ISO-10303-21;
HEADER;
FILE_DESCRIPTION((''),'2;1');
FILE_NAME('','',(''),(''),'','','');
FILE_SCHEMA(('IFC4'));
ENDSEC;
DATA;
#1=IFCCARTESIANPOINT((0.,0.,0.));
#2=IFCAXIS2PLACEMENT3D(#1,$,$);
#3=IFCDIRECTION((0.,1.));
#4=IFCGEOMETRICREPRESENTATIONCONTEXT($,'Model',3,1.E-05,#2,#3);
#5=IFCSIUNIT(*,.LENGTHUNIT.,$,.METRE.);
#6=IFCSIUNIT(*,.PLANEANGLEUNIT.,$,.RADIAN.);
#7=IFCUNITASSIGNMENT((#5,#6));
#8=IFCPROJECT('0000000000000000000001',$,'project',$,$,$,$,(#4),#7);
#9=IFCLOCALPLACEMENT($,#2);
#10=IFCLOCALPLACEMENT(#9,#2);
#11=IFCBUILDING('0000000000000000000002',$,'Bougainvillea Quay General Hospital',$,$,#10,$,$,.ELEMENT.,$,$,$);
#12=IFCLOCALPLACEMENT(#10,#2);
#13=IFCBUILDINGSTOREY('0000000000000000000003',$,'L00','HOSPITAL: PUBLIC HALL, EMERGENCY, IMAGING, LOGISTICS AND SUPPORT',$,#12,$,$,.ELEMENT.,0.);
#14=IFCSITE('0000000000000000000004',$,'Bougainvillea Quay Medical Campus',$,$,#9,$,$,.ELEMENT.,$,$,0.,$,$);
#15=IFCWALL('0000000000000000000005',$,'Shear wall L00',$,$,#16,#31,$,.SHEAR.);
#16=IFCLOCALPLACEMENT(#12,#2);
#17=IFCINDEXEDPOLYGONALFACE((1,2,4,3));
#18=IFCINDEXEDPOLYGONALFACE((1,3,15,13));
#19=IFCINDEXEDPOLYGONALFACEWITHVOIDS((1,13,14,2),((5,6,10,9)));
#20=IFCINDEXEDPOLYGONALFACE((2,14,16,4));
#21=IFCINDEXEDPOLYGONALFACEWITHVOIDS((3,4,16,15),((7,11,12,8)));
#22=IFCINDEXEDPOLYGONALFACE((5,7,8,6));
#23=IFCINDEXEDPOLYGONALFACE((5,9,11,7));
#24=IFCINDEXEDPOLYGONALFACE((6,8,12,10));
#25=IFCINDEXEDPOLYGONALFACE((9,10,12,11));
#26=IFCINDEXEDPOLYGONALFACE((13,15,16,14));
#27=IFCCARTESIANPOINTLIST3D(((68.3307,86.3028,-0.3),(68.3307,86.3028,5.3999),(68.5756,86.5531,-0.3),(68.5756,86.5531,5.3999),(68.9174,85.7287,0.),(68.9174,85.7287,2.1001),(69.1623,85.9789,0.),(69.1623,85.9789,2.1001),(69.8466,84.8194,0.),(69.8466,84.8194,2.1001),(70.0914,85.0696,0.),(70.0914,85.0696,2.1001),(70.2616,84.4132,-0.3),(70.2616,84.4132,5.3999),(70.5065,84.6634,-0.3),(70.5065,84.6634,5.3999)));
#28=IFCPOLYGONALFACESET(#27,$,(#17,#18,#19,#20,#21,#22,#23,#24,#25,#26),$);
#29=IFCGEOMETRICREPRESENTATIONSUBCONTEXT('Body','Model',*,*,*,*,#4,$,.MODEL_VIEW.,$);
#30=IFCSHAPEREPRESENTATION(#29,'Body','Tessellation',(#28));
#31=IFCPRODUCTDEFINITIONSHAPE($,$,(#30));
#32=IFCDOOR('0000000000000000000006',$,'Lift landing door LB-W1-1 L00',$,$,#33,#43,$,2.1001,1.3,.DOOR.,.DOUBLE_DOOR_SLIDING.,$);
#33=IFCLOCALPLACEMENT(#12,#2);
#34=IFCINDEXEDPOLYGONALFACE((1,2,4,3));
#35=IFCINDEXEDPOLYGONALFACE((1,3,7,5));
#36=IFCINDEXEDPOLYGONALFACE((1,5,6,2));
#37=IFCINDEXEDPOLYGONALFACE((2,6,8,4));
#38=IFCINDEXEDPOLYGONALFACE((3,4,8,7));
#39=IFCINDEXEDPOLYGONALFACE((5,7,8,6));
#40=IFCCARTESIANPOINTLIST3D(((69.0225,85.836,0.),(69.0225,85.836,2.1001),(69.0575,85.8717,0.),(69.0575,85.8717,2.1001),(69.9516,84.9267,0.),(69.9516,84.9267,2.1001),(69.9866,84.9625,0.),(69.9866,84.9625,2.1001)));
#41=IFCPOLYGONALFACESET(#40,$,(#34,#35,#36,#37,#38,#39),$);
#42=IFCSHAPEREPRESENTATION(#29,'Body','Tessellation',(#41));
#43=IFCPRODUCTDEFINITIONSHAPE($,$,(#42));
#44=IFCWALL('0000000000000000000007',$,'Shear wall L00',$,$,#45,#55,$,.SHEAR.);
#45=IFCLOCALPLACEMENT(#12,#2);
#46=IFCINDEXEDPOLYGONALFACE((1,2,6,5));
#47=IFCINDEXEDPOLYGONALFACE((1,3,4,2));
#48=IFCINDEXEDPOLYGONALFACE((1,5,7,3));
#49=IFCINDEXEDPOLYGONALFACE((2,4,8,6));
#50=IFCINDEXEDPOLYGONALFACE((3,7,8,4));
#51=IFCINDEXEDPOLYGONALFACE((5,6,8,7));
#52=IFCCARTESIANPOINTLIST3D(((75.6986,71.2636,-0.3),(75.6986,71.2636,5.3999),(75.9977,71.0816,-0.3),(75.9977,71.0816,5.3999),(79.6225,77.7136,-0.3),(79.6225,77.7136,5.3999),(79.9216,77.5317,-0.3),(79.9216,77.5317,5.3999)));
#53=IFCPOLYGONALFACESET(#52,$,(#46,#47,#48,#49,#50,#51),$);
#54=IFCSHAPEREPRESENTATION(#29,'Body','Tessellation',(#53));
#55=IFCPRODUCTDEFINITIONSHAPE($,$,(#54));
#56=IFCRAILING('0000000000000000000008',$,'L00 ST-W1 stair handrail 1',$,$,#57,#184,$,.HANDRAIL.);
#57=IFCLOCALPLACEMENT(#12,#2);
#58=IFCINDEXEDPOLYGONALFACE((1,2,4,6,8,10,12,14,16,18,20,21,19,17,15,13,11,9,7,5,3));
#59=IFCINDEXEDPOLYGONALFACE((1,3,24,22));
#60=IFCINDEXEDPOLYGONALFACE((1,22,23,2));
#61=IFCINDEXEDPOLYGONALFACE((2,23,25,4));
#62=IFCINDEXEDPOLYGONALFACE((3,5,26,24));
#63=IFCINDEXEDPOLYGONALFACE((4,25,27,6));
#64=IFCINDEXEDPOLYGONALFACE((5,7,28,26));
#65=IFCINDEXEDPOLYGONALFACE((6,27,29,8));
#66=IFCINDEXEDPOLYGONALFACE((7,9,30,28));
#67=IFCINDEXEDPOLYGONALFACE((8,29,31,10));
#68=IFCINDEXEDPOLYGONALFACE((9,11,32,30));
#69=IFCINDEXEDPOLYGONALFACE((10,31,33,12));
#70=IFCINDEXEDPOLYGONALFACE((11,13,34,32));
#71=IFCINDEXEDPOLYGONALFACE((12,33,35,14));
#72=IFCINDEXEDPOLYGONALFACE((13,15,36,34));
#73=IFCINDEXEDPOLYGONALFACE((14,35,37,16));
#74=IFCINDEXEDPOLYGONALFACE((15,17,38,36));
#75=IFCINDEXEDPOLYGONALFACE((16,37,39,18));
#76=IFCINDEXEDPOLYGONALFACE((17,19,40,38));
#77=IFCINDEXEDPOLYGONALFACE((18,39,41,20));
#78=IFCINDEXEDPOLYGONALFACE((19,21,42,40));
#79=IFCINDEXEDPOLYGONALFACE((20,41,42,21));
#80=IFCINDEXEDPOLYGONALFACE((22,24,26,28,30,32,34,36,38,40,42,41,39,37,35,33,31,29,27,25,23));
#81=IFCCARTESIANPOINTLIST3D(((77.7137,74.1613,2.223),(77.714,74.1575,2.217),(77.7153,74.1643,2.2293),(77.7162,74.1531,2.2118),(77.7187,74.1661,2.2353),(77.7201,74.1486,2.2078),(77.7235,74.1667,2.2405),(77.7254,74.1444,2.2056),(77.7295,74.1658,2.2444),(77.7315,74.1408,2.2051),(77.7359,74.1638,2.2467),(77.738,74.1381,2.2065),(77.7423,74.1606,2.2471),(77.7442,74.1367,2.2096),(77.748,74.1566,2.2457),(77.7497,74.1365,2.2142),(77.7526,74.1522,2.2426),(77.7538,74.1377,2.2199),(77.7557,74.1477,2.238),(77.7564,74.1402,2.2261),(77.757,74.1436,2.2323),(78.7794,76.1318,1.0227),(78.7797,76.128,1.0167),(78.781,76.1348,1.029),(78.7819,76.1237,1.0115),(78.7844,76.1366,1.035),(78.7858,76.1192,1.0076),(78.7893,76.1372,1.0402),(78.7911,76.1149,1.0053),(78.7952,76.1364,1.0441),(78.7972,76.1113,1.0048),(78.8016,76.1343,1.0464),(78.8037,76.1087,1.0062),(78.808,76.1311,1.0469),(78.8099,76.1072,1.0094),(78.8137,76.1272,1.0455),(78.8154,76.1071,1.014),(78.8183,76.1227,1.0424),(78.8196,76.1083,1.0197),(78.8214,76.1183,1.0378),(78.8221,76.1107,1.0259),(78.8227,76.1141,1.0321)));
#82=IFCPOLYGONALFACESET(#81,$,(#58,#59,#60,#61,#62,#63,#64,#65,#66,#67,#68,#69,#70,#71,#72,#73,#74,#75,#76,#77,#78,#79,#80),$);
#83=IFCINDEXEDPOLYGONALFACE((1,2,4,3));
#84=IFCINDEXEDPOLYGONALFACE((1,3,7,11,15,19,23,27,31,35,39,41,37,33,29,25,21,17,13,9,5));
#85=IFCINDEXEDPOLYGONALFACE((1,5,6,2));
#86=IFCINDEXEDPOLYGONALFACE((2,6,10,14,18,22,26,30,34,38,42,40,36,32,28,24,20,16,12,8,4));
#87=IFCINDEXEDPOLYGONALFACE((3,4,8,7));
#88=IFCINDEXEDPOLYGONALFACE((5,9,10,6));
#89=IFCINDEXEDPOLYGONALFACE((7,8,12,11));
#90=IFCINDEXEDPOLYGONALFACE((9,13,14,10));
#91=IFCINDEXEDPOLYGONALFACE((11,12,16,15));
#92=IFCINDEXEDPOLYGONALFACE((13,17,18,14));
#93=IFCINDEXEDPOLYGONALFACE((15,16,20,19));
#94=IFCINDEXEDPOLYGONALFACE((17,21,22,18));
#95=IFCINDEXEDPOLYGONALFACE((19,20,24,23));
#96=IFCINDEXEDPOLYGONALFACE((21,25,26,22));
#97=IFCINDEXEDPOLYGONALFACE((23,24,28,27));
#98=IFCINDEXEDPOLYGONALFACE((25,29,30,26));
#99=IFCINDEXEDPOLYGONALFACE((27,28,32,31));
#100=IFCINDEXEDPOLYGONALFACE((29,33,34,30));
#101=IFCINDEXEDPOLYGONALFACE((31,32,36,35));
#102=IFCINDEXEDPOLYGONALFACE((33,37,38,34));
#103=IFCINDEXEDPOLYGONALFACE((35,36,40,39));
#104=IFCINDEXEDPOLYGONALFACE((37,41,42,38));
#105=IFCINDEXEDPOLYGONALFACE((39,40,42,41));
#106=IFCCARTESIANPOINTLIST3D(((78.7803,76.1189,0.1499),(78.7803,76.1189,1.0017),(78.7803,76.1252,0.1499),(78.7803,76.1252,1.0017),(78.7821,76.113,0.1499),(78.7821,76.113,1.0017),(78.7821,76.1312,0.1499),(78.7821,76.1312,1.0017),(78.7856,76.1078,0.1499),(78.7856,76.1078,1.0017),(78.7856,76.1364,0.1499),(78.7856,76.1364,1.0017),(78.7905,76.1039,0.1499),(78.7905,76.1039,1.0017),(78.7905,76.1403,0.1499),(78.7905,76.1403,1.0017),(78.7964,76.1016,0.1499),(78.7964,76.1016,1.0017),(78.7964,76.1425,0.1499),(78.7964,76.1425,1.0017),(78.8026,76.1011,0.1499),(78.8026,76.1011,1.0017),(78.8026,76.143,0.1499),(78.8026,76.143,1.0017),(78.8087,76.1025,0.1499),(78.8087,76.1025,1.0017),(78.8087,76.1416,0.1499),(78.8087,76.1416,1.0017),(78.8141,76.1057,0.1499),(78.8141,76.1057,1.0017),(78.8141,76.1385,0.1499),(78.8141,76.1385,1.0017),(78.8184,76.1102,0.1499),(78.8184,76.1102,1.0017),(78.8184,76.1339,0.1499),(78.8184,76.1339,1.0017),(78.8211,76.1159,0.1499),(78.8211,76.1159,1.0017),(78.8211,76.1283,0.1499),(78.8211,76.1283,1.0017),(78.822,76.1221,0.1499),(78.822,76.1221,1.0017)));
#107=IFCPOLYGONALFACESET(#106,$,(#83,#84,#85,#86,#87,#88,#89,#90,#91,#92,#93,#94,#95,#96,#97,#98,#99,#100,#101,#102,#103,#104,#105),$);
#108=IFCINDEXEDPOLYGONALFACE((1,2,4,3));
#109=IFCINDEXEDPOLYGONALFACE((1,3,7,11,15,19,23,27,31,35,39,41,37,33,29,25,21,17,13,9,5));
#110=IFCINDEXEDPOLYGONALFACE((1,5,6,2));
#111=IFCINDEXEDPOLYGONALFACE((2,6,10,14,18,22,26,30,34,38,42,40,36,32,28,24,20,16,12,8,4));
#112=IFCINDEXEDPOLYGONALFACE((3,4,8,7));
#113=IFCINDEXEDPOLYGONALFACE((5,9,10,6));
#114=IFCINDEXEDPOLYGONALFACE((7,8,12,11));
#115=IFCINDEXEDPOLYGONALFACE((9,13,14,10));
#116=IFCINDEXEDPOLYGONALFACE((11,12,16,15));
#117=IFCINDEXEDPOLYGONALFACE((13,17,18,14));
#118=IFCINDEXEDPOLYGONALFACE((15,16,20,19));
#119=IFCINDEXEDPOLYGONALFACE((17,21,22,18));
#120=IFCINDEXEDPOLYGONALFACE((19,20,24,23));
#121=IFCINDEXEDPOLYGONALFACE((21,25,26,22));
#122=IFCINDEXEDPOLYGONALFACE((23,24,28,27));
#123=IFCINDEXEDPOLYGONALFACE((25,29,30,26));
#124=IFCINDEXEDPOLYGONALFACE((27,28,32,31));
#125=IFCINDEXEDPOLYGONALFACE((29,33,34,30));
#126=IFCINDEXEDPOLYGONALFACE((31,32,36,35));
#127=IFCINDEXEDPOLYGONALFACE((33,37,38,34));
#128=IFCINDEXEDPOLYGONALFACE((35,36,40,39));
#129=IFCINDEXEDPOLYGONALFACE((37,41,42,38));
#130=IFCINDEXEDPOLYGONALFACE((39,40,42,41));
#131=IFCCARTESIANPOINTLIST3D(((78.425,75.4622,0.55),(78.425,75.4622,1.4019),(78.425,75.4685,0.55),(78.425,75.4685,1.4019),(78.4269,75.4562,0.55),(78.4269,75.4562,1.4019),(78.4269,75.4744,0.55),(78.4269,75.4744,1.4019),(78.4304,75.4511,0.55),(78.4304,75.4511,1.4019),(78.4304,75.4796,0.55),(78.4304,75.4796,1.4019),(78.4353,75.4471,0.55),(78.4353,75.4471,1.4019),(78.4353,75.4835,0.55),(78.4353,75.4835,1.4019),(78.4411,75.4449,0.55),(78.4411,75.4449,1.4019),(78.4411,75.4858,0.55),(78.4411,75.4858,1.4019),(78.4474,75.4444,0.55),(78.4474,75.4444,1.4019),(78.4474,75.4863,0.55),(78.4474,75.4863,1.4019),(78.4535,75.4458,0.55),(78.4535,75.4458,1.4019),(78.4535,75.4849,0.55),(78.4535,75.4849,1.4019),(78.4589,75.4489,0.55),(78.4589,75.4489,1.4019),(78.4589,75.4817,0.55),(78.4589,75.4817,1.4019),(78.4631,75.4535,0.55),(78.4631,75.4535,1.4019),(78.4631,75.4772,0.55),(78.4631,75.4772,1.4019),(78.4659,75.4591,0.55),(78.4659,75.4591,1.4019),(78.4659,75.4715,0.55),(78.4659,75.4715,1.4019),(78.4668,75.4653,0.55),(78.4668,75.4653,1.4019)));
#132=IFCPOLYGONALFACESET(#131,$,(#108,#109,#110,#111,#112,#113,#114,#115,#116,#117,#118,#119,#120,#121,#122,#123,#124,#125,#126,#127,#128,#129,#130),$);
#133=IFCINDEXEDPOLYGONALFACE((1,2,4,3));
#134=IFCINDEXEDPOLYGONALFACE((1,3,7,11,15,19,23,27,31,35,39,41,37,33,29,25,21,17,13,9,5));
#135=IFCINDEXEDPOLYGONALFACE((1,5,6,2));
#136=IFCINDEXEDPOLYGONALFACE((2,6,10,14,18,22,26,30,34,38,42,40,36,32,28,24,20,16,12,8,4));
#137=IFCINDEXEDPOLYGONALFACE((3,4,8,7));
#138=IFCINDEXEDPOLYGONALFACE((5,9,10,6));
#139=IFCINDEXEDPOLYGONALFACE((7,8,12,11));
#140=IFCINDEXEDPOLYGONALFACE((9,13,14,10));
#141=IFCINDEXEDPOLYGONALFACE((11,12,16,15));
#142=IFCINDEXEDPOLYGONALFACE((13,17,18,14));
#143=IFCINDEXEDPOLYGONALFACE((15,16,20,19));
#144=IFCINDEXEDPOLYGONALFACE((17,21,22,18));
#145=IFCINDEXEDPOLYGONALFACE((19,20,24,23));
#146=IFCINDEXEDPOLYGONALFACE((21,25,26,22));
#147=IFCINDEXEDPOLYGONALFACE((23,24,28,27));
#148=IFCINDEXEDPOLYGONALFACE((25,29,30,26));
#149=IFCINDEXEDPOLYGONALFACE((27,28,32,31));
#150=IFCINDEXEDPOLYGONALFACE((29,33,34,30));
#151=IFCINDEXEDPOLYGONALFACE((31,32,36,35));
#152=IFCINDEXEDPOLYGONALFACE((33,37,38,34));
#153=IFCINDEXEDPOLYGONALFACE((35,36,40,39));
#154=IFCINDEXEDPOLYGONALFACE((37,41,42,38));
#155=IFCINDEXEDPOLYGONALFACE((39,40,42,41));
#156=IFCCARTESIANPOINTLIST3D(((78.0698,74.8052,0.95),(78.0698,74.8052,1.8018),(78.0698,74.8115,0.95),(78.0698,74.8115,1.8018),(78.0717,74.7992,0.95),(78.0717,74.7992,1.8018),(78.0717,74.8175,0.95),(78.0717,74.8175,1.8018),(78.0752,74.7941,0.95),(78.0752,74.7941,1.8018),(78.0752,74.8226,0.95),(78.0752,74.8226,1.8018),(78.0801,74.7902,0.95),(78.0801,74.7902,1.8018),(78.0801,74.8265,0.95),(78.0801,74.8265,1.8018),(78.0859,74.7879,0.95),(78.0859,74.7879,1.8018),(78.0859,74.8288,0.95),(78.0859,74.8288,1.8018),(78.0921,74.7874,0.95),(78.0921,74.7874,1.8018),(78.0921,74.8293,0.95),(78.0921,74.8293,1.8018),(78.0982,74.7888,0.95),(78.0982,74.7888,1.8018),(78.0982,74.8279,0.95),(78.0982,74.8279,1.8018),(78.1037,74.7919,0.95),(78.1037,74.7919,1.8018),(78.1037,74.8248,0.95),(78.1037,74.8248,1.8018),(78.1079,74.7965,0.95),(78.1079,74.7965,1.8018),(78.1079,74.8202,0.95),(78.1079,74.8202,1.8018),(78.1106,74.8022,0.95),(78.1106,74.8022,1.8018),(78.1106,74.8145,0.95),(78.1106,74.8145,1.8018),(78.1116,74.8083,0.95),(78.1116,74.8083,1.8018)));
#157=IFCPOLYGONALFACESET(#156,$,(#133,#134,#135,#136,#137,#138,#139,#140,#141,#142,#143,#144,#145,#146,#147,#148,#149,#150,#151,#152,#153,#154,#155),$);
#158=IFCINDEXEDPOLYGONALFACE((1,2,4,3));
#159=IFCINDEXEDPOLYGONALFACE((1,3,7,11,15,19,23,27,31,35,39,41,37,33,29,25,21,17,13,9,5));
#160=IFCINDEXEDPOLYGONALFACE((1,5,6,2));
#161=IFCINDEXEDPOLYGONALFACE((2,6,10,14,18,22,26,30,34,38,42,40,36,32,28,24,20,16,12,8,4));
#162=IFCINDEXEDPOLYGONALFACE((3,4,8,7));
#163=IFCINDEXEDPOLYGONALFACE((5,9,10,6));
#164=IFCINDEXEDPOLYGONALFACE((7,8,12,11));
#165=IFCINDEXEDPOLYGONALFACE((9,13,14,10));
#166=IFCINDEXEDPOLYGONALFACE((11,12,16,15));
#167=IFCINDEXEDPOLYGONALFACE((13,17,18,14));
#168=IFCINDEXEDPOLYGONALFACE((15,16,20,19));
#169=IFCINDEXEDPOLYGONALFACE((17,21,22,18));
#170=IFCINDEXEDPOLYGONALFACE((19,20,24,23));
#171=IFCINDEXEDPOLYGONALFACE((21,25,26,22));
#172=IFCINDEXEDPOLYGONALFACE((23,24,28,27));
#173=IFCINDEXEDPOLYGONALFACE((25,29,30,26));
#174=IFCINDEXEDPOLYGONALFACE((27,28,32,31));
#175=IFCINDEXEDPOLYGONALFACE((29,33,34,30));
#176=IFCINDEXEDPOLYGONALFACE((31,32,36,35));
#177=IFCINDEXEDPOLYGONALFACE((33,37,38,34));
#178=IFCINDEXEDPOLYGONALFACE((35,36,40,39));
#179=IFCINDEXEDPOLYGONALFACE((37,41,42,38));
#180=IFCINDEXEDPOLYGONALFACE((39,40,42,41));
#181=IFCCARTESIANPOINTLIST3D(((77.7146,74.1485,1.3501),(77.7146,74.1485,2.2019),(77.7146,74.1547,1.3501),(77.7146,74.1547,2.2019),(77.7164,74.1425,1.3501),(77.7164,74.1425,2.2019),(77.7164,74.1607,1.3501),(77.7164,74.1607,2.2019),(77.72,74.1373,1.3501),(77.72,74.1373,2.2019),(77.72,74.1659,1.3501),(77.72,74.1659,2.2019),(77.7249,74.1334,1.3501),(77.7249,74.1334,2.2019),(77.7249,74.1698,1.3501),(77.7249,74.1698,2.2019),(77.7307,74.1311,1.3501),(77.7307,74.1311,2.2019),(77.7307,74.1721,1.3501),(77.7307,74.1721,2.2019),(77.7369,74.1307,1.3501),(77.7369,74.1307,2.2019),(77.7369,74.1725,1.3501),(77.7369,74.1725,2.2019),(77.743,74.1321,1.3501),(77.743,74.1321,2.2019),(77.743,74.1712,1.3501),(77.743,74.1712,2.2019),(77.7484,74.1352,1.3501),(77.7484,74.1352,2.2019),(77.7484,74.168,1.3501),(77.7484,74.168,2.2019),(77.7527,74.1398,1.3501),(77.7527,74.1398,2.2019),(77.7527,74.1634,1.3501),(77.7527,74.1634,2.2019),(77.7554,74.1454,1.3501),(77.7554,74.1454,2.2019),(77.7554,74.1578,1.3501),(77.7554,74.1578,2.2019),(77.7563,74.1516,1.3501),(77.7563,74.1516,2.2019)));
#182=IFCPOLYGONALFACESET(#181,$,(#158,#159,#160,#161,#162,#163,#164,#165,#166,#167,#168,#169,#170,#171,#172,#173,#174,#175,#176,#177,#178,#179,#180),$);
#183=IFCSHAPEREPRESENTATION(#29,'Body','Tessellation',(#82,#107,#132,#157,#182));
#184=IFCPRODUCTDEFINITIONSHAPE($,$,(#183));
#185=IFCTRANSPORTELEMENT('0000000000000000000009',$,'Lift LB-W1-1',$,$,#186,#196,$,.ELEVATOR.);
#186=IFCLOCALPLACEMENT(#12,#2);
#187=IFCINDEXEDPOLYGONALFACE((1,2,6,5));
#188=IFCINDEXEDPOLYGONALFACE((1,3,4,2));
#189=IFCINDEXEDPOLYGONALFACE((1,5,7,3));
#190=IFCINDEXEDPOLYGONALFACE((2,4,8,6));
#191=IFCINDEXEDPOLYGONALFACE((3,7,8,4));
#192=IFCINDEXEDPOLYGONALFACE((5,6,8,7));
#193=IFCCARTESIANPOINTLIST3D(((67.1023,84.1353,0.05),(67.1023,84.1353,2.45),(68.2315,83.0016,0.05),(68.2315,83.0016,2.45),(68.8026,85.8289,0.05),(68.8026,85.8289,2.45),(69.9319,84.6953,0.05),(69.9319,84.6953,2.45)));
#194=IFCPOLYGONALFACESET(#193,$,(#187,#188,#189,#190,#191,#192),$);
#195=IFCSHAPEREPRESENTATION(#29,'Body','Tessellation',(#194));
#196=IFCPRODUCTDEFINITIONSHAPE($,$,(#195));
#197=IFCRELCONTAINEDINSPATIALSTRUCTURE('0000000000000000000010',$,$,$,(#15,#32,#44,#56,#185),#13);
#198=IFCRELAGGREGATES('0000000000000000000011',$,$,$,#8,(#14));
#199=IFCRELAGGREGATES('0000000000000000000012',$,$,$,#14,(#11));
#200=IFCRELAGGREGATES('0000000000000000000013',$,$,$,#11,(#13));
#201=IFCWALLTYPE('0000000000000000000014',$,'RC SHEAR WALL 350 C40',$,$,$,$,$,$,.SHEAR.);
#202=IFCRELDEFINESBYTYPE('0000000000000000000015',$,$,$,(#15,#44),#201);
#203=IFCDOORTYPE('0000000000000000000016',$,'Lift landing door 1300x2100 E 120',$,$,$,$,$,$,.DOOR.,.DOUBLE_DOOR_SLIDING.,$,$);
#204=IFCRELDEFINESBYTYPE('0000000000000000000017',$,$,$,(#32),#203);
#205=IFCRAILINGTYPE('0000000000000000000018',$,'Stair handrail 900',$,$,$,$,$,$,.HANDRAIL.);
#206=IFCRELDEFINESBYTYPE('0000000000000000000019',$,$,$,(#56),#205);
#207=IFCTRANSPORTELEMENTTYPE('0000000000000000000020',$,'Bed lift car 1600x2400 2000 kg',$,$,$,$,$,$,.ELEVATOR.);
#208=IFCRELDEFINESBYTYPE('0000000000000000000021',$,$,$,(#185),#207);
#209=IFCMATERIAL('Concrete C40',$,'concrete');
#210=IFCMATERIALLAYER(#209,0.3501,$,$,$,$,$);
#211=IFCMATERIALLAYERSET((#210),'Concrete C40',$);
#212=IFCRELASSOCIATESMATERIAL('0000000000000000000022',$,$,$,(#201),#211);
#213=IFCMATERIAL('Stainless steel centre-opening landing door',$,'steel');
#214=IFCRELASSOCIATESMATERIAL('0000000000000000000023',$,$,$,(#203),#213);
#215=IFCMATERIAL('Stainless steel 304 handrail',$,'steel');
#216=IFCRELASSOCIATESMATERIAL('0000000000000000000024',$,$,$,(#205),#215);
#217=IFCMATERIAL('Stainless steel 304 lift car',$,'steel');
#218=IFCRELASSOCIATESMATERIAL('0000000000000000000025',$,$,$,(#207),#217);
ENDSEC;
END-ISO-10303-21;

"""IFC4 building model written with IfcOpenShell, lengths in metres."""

from ifc_helpers import new_model, si_unit, direction, frame, frame_2d, origin, origin_2d, place, context, subcontext, project, spatial, rectangle, circle, extrude, material, layer, layer_set, type_object, element, fill, save


model = new_model("IFC4")

# Units and contexts
model_context = context("Model", 3, precision=1e-05, world=origin(), true_north=direction((0.0, 1.0)))
body_context = subcontext(model_context, "Body", "Model", "MODEL_VIEW")
ifc_project = project(units=[si_unit("LENGTHUNIT", "METRE"), si_unit("PLANEANGLEUNIT", "RADIAN")], contexts=[model_context])

# Site, building, storey
site_placement = place(None, origin())
site = spatial("IfcSite", under=ifc_project, at=site_placement, Name="Bougainvillea Quay Medical Campus", CompositionType="ELEMENT", RefElevation=0.0)
building_placement = place(site_placement, origin())
building = spatial("IfcBuilding", under=site, at=building_placement, Name="Bougainvillea Quay General Hospital", CompositionType="ELEMENT")
storey_placement = place(building_placement, origin())
storey = spatial("IfcBuildingStorey", under=building, at=storey_placement, Name="L00", Description="HOSPITAL: PUBLIC HALL, EMERGENCY, IMAGING, LOGISTICS AND SUPPORT", CompositionType="ELEMENT", Elevation=0.0)

# Shared definitions
ifc_material_1 = material(Name="Concrete C40", Category="concrete")

# Wall, opening, door
ifc_layer_1 = layer(ifc_material_1, 0.3501)
ifc_layer_set_1 = layer_set([ifc_layer_1], Name="Concrete C40")
wall_type_1 = type_object("IfcWallType", Name="RC SHEAR WALL 350 C40", PredefinedType="SHEAR", material=ifc_layer_set_1)
wall_1_placement = place(storey_placement, frame((70.384, 84.5383, -0.3), z_axis=(0.0, 0.0, 1.0), x_axis=(-0.714701, 0.69943, 0.0)))
wall_1 = element("IfcWall", 1, at=wall_1_placement, inside=storey, type_object=wall_type_1, Name="Shear wall L00", PredefinedType="SHEAR", context=body_context, shape_type="SweptSolid", body=[
    extrude(rectangle(XDim=2.7017, YDim=0.3501, at=frame_2d((1.3508, 0.0))), origin(), (0.0, 0.0, 1.0), 5.7),
])
opening_1_placement = place(wall_1_placement, frame((0.5808, 0.0, 0.3)))
opening_1 = element("IfcOpeningElement", 2, at=opening_1_placement, cuts=wall_1, PredefinedType="OPENING", context=body_context, shape_type="SweptSolid", body=[
    extrude(rectangle(XDim=1.3, YDim=2.1001, at=frame_2d((0.6499, 1.05))), frame((0.0, 0.1851, 0.0), z_axis=(0.0, -1.0, 0.0), x_axis=(1.0, 0.0, 0.0)), (0.0, 0.0, 1.0), 0.3701),
])
ifc_material_2 = material(Name="Stainless steel centre-opening landing door", Category="steel")
door_type_1 = type_object("IfcDoorType", Name="Lift landing door 1300x2100 E 120", OperationType="DOUBLE_DOOR_SLIDING", PredefinedType="DOOR", material=ifc_material_2)
door_1_placement = place(opening_1_placement, origin())
door_1 = element("IfcDoor", 3, at=door_1_placement, inside=storey, type_object=door_type_1, Name="Lift landing door LB-W1-1 L00", OperationType="DOUBLE_DOOR_SLIDING", OverallHeight=2.1001, OverallWidth=1.3, PredefinedType="DOOR", context=body_context, shape_type="SweptSolid", body=[
    extrude(rectangle(XDim=1.3, YDim=2.1001, at=frame_2d((0.6499, 1.05))), frame((0.0, 0.0249, 0.0), z_axis=(0.0, -1.0, 0.0), x_axis=(1.0, 0.0, 0.0)), (0.0, 0.0, 1.0), 0.05),
])
fill(opening_1, door_1)

# Wall
wall_2_placement = place(storey_placement, frame((75.8481, 71.1726, -0.3), z_axis=(0.0, 0.0, 1.0), x_axis=(0.519731, 0.85433, 0.0)))
element("IfcWall", 4, at=wall_2_placement, inside=storey, type_object=wall_type_1, Name="Shear wall L00", PredefinedType="SHEAR", context=body_context, shape_type="SweptSolid", body=[
    extrude(rectangle(XDim=7.5498, YDim=0.3501, at=frame_2d((3.7749, 0.0))), origin(), (0.0, 0.0, 1.0), 5.7),
])

# Railing
ifc_material_3 = material(Name="Stainless steel 304 handrail", Category="steel")
railing_type = type_object("IfcRailingType", Name="Stair handrail 900", PredefinedType="HANDRAIL", material=ifc_material_3)
railing_placement = place(storey_placement, frame((78.801, 76.1221, 0.1499)))
element("IfcRailing", 5, at=railing_placement, inside=storey, type_object=railing_type, Name="L00 ST-W1 stair handrail 1", PredefinedType="HANDRAIL", context=body_context, shape_type="SweptSolid", body=[
    extrude(circle(Radius=0.0239, at=origin_2d()), frame((0.0, 0.0, 0.876), z_axis=(-0.419321, -0.775336, 0.472253), x_axis=(0.879602, -0.475711, 0.0)), (0.0, 0.0, 1.0), 2.5415),
    extrude(circle(Radius=0.021, at=origin_2d()), origin(), (0.0, 0.0, 1.0), 0.8518),
    extrude(circle(Radius=0.021, at=origin_2d()), frame((-0.3552, -0.6567, 0.4001)), (0.0, 0.0, 1.0), 0.8518),
    extrude(circle(Radius=0.021, at=origin_2d()), frame((-0.7104, -1.3137, 0.8)), (0.0, 0.0, 1.0), 0.8518),
    extrude(circle(Radius=0.021, at=origin_2d()), frame((-1.0657, -1.9705, 1.2002)), (0.0, 0.0, 1.0), 0.8518),
])

# Transport element
ifc_material_4 = material(Name="Stainless steel 304 lift car", Category="steel")
transport_element_type = type_object("IfcTransportElementType", Name="Bed lift car 1600x2400 2000 kg", PredefinedType="ELEVATOR", material=ifc_material_4)
transport_element_placement = place(storey_placement, frame((68.5171, 84.4153, 0.05), z_axis=(0.0, 0.0, 1.0), x_axis=(-0.705718, 0.708493, 0.0)))
element("IfcTransportElement", 6, at=transport_element_placement, inside=storey, type_object=transport_element_type, Name="Lift LB-W1-1", PredefinedType="ELEVATOR", context=body_context, shape_type="SweptSolid", body=[
    extrude(rectangle(XDim=1.6001, YDim=2.3999, at=origin_2d()), origin(), (0.0, 0.0, 1.0), 2.3999),
])

save(model, "model.ifc")
